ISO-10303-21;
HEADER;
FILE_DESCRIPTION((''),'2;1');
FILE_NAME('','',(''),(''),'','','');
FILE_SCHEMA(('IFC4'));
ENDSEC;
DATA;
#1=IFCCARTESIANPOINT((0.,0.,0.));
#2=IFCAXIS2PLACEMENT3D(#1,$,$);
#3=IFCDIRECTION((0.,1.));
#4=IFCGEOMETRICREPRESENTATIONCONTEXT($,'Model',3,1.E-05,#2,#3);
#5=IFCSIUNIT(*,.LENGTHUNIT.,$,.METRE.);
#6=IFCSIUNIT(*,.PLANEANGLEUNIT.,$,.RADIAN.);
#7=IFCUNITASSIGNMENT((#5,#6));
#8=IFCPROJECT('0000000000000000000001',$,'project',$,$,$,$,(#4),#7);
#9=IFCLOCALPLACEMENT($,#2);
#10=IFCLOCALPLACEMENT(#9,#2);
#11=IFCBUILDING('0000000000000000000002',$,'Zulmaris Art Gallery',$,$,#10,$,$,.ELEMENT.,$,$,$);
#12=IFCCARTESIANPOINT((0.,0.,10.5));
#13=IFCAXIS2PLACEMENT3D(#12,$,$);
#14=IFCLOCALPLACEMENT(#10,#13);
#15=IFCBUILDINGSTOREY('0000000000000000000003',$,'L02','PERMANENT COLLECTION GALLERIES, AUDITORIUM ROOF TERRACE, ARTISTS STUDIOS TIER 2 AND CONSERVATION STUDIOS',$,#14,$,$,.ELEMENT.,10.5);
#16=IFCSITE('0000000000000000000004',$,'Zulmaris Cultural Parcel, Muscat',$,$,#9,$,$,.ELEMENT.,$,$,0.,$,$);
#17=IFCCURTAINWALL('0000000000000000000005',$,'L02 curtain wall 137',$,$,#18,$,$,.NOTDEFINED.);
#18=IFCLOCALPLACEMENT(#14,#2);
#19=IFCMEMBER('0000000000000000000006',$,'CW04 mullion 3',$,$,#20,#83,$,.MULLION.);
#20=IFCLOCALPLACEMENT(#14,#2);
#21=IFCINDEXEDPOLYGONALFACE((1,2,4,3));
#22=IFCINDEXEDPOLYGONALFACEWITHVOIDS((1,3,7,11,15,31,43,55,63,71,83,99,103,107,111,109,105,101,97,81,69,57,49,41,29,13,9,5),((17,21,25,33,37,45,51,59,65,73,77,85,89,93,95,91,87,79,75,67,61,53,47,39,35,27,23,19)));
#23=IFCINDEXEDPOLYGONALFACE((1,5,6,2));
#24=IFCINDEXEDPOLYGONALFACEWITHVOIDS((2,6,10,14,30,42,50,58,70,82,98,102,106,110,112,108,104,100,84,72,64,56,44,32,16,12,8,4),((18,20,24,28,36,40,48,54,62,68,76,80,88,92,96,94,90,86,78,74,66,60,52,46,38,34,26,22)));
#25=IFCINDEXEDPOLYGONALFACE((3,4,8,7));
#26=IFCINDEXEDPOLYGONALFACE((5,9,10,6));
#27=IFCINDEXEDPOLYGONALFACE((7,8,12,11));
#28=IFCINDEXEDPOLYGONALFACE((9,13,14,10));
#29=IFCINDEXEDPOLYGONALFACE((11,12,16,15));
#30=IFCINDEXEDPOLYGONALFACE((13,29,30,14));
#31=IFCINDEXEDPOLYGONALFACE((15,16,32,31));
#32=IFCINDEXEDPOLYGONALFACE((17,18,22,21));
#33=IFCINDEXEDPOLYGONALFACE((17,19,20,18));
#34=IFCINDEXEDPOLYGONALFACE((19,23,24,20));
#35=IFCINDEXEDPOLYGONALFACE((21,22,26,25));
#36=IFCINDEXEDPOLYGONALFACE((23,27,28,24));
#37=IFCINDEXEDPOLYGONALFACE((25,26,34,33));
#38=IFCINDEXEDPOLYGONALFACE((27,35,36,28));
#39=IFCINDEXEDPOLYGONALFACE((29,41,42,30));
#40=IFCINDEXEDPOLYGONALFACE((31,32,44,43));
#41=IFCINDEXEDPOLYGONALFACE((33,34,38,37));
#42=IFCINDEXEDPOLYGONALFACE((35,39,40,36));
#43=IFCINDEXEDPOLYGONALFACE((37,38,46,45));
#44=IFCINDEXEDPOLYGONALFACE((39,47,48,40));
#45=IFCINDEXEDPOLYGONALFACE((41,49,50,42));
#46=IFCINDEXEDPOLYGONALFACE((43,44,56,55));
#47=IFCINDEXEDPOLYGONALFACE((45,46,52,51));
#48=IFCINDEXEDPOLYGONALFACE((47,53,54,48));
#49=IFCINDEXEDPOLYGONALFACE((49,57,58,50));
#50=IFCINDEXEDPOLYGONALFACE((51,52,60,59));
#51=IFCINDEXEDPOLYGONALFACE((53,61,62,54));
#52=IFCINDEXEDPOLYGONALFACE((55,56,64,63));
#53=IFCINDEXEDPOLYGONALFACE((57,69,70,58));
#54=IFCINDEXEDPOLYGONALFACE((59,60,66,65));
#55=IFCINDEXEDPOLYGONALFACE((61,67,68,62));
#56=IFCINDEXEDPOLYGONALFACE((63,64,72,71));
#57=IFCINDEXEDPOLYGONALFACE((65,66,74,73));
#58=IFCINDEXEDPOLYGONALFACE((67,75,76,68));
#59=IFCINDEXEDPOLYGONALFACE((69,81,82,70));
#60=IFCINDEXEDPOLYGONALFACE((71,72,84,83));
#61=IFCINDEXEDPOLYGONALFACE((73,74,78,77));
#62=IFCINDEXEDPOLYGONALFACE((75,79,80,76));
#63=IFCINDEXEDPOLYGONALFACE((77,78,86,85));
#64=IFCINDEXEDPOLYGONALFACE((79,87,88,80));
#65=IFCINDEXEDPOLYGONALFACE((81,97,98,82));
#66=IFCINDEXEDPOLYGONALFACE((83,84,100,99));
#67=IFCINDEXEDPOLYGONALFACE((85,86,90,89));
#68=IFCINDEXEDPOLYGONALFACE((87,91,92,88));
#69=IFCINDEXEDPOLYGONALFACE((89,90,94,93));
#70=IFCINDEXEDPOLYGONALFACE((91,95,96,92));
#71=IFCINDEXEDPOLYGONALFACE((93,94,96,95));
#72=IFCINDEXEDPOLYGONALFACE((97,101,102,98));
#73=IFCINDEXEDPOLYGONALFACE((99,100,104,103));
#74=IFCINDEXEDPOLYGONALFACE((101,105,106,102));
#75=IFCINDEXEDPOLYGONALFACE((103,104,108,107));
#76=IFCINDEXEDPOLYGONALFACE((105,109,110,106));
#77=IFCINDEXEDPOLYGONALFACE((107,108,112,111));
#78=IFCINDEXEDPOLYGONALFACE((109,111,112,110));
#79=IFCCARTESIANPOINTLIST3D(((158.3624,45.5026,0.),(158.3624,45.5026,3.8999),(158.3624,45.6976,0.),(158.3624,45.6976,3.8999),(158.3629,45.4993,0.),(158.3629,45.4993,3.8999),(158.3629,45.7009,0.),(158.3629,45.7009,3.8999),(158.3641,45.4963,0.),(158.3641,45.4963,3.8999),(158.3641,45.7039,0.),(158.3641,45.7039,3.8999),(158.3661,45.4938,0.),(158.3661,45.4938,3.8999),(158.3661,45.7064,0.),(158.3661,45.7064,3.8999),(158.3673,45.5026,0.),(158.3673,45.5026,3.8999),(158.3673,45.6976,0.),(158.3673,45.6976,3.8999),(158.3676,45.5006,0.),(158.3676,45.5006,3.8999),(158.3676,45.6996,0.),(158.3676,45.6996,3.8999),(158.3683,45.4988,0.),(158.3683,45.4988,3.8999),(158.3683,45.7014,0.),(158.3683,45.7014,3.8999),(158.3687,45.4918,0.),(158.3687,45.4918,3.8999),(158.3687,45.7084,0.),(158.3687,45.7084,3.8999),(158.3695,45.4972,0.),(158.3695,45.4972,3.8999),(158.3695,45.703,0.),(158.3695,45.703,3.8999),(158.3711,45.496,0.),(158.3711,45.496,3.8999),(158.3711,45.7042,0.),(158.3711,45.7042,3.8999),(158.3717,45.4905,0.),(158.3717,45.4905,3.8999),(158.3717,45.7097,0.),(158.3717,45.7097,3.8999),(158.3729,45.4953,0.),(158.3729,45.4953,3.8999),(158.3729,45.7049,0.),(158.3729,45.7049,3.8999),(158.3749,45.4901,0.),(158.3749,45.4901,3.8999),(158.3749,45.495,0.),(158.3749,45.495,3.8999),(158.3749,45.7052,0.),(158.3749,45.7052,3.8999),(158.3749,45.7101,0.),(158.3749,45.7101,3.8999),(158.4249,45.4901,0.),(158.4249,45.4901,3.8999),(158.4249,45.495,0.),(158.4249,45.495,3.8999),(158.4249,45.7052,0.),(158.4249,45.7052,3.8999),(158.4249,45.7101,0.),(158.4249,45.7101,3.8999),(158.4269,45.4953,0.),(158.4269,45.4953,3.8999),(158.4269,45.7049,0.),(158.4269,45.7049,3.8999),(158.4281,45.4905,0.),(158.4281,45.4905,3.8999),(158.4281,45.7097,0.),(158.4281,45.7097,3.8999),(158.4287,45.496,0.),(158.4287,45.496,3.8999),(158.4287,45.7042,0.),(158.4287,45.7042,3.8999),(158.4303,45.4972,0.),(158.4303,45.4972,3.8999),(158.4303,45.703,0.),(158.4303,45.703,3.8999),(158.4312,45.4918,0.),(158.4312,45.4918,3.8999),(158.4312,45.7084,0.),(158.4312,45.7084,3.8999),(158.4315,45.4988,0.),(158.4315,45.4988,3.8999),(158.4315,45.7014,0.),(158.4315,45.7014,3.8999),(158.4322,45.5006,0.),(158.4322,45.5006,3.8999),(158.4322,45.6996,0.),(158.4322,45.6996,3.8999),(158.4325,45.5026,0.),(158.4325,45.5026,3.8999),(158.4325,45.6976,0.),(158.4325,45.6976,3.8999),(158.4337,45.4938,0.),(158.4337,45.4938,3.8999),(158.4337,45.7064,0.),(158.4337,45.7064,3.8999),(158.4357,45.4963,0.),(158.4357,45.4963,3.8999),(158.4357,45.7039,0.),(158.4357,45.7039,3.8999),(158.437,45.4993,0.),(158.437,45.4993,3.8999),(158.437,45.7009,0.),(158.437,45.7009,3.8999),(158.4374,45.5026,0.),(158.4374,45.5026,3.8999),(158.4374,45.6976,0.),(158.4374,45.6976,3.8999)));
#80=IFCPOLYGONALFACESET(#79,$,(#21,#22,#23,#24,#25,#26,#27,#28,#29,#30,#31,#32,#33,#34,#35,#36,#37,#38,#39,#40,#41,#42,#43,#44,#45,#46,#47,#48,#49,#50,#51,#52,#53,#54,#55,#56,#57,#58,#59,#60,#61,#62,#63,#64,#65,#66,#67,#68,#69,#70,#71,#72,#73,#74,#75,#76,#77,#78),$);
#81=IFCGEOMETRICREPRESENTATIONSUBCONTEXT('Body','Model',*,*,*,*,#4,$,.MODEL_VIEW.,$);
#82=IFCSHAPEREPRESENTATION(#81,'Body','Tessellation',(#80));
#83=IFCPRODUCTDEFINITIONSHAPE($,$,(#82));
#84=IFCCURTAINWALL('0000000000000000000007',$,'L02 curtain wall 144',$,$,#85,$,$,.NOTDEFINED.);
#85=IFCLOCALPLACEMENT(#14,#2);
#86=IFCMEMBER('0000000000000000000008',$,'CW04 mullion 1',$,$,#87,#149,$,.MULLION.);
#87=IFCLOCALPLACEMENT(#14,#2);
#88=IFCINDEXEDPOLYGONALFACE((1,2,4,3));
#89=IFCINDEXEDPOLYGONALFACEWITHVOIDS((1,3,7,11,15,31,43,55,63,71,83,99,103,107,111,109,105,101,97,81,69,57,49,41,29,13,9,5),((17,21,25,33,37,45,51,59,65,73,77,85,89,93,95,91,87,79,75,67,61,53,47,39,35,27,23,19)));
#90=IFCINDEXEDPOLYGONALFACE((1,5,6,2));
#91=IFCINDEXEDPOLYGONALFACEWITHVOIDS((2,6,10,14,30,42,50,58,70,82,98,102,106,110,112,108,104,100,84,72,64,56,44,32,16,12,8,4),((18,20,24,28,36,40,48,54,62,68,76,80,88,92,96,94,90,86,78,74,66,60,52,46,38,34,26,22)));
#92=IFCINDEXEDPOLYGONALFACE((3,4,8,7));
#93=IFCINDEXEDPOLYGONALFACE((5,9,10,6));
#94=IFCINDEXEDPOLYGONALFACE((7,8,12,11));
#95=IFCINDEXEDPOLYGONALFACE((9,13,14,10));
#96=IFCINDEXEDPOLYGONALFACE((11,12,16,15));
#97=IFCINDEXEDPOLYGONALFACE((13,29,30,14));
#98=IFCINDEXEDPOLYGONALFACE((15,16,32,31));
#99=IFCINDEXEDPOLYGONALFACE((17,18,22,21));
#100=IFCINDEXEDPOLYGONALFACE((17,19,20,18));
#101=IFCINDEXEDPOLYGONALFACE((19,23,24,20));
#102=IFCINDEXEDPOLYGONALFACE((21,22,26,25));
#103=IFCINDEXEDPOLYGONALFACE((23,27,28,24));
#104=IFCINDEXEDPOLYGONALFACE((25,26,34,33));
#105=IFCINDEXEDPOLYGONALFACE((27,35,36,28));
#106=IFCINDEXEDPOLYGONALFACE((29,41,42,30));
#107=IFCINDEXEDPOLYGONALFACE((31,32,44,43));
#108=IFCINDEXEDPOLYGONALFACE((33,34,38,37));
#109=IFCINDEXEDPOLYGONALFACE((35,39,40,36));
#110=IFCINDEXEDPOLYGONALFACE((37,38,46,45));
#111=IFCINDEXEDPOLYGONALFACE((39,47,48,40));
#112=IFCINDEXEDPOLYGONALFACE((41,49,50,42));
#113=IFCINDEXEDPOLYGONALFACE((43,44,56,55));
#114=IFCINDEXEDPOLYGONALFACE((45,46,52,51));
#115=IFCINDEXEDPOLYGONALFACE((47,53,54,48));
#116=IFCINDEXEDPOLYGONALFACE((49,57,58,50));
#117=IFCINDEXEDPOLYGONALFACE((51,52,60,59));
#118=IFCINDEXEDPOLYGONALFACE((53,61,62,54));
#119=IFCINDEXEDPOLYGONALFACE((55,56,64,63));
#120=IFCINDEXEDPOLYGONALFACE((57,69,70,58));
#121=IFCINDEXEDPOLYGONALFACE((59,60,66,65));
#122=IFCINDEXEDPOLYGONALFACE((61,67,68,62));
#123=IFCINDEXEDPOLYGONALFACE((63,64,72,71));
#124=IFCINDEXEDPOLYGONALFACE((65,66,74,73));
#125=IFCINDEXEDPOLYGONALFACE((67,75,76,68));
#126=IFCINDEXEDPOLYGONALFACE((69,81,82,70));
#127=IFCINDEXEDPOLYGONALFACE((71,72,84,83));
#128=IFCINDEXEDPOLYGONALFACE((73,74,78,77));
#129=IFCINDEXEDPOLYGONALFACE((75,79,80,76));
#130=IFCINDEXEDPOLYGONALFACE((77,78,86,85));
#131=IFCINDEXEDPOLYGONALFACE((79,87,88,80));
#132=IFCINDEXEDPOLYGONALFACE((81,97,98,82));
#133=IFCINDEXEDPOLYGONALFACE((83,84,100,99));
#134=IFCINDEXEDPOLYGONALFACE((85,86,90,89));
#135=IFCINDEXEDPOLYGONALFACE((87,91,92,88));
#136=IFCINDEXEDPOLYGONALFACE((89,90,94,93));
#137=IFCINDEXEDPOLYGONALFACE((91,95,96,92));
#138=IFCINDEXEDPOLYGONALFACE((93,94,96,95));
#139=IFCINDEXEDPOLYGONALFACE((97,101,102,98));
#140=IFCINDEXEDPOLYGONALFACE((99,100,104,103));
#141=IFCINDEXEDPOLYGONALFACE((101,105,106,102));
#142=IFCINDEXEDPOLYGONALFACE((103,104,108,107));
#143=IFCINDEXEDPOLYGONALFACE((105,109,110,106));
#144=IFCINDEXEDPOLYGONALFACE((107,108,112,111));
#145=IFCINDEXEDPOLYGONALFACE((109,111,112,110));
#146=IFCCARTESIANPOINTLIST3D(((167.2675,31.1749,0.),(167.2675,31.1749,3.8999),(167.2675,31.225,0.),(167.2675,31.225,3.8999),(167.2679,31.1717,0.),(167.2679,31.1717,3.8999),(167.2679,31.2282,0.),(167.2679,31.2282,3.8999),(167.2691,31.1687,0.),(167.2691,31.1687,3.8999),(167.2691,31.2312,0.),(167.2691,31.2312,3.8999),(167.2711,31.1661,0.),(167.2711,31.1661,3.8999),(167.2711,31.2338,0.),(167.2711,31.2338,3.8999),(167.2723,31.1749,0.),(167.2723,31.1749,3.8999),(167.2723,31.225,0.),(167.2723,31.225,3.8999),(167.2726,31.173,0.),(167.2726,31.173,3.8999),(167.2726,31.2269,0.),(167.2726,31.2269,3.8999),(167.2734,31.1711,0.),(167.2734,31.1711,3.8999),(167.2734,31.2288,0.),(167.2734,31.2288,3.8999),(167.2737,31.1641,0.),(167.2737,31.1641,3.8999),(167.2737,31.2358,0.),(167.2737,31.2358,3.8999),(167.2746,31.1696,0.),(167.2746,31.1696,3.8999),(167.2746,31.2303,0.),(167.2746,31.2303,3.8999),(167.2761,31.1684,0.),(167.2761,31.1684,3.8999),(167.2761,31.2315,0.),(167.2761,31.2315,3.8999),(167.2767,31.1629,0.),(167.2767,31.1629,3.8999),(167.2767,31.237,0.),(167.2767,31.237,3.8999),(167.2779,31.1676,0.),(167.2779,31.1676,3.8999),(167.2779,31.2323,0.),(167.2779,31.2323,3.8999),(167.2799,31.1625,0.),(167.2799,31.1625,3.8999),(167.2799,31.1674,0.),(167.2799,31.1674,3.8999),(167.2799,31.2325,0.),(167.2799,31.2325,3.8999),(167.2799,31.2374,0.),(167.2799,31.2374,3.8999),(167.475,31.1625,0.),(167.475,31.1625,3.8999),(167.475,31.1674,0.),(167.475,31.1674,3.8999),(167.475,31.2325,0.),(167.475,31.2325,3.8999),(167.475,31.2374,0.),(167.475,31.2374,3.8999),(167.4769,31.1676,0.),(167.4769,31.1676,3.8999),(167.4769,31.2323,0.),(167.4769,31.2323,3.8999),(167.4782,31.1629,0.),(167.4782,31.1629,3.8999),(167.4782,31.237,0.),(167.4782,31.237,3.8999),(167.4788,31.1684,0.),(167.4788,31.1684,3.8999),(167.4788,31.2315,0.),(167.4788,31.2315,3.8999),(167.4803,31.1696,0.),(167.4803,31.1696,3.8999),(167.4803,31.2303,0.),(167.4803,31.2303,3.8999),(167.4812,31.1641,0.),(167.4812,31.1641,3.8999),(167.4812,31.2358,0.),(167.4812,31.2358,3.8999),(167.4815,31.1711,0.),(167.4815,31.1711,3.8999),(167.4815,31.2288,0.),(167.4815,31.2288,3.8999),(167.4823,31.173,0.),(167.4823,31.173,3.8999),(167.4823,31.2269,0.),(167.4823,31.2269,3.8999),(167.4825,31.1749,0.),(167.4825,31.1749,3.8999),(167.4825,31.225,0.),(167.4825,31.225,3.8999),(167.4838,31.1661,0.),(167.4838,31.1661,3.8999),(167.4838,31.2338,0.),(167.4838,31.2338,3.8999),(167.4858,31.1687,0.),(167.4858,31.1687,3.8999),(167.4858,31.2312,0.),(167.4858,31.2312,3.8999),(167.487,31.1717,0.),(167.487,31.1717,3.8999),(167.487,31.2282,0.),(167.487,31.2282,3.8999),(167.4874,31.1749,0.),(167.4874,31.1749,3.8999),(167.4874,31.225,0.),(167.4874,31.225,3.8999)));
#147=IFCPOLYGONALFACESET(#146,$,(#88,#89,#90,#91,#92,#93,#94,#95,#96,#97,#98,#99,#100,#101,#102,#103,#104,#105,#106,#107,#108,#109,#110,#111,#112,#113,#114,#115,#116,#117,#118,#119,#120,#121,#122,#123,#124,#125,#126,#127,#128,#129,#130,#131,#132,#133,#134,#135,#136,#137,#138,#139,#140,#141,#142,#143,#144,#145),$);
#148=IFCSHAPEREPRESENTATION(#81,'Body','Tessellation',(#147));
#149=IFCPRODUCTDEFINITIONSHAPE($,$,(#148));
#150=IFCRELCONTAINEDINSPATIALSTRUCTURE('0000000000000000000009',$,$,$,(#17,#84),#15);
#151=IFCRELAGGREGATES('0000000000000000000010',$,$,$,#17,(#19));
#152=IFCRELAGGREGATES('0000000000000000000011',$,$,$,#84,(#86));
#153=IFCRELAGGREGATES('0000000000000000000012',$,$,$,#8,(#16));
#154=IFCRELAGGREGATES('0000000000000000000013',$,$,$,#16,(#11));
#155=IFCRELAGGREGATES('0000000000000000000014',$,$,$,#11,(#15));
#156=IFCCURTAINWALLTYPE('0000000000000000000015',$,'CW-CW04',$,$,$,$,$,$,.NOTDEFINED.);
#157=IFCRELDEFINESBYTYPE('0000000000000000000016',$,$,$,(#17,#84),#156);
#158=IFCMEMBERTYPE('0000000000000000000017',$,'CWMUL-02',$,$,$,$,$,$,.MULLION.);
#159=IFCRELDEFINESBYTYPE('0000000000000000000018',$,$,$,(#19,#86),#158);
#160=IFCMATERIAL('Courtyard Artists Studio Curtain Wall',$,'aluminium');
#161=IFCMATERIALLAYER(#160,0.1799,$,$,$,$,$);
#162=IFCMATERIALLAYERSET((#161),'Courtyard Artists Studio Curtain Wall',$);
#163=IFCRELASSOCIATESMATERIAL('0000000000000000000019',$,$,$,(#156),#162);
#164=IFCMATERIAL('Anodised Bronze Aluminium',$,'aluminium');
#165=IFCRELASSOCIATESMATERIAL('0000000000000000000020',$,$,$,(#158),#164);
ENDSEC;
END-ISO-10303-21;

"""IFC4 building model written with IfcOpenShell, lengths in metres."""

from ifc_helpers import new_model, si_unit, direction, frame, origin, origin_2d, place, context, subcontext, project, spatial, hollow_rectangle, extrude, material, layer, layer_set, material_profile, profile_set, type_object, element, aggregate, save


model = new_model("IFC4")

# Units and contexts
model_context = context("Model", 3, precision=1e-05, world=origin(), true_north=direction((0.0, 1.0)))
body_context = subcontext(model_context, "Body", "Model", "MODEL_VIEW")
ifc_project = project(units=[si_unit("LENGTHUNIT", "METRE"), si_unit("PLANEANGLEUNIT", "RADIAN")], contexts=[model_context])

# Site, building, storey
site_placement = place(None, origin())
site = spatial("IfcSite", under=ifc_project, at=site_placement, Name="Zulmaris Cultural Parcel, Muscat", CompositionType="ELEMENT", RefElevation=0.0)
building_placement = place(site_placement, origin())
building = spatial("IfcBuilding", under=site, at=building_placement, Name="Zulmaris Art Gallery", CompositionType="ELEMENT")
storey_placement = place(building_placement, frame((0.0, 0.0, 10.5)))
storey = spatial("IfcBuildingStorey", under=building, at=storey_placement, Name="L02", Description="PERMANENT COLLECTION GALLERIES, AUDITORIUM ROOF TERRACE, ARTISTS STUDIOS TIER 2 AND CONSERVATION STUDIOS", CompositionType="ELEMENT", Elevation=10.5)

# Curtain walls, members
ifc_material_1 = material(Name="Courtyard Artists Studio Curtain Wall", Category="aluminium")
ifc_layer_1 = layer(ifc_material_1, 0.1799)
ifc_layer_set_1 = layer_set([ifc_layer_1], Name="Courtyard Artists Studio Curtain Wall")
curtain_wall_type = type_object("IfcCurtainWallType", Name="CW-CW04", PredefinedType="NOTDEFINED", material=ifc_layer_set_1)
curtain_wall_1_placement = place(storey_placement, origin())
curtain_wall_1 = element("IfcCurtainWall", 1, at=curtain_wall_1_placement, inside=storey, type_object=curtain_wall_type, Name="L02 curtain wall 137", PredefinedType="NOTDEFINED")
ifc_material_2 = material(Name="Anodised Bronze Aluminium", Category="aluminium")
ifc_material_profile_1 = material_profile(ifc_material_2, hollow_rectangle(XDim=0.075, YDim=0.22, WallThickness=0.0049, InnerFilletRadius=0.0076, OuterFilletRadius=0.0125, at=origin_2d()), Name="ALU 75x220x5")
ifc_profile_set_1 = profile_set([ifc_material_profile_1], Name="Anodised Bronze Aluminium")
member_type_1 = type_object("IfcMemberType", Name="CWMUL-02", PredefinedType="MULLION", material=ifc_profile_set_1)
member_1_placement = place(storey_placement, frame((158.3999, 45.6001, 0.0), z_axis=(0.0, 0.0, 1.0), x_axis=(-1.0, 0.0, 0.0)))
member_1 = element("IfcMember", 2, at=member_1_placement, type_object=member_type_1, Name="CW04 mullion 3", PredefinedType="MULLION", context=body_context, shape_type="SweptSolid", body=[
    extrude(hollow_rectangle(XDim=0.075, YDim=0.22, WallThickness=0.0049, InnerFilletRadius=0.0076, OuterFilletRadius=0.0125, at=origin_2d()), origin(), (0.0, 0.0, 1.0), 3.8999),
])
curtain_wall_2_placement = place(storey_placement, origin())
curtain_wall_2 = element("IfcCurtainWall", 3, at=curtain_wall_2_placement, inside=storey, type_object=curtain_wall_type, Name="L02 curtain wall 144", PredefinedType="NOTDEFINED")
member_2_placement = place(storey_placement, frame((167.3774, 31.2, 0.0), z_axis=(0.0, 0.0, 1.0), x_axis=(0.0, 1.0, 0.0)))
member_2 = element("IfcMember", 4, at=member_2_placement, type_object=member_type_1, Name="CW04 mullion 1", PredefinedType="MULLION", context=body_context, shape_type="SweptSolid", body=[
    extrude(hollow_rectangle(XDim=0.075, YDim=0.22, WallThickness=0.0049, InnerFilletRadius=0.0076, OuterFilletRadius=0.0125, at=origin_2d()), origin(), (0.0, 0.0, 1.0), 3.8999),
])

aggregate(curtain_wall_1, [member_1])
aggregate(curtain_wall_2, [member_2])

save(model, "model.ifc")
